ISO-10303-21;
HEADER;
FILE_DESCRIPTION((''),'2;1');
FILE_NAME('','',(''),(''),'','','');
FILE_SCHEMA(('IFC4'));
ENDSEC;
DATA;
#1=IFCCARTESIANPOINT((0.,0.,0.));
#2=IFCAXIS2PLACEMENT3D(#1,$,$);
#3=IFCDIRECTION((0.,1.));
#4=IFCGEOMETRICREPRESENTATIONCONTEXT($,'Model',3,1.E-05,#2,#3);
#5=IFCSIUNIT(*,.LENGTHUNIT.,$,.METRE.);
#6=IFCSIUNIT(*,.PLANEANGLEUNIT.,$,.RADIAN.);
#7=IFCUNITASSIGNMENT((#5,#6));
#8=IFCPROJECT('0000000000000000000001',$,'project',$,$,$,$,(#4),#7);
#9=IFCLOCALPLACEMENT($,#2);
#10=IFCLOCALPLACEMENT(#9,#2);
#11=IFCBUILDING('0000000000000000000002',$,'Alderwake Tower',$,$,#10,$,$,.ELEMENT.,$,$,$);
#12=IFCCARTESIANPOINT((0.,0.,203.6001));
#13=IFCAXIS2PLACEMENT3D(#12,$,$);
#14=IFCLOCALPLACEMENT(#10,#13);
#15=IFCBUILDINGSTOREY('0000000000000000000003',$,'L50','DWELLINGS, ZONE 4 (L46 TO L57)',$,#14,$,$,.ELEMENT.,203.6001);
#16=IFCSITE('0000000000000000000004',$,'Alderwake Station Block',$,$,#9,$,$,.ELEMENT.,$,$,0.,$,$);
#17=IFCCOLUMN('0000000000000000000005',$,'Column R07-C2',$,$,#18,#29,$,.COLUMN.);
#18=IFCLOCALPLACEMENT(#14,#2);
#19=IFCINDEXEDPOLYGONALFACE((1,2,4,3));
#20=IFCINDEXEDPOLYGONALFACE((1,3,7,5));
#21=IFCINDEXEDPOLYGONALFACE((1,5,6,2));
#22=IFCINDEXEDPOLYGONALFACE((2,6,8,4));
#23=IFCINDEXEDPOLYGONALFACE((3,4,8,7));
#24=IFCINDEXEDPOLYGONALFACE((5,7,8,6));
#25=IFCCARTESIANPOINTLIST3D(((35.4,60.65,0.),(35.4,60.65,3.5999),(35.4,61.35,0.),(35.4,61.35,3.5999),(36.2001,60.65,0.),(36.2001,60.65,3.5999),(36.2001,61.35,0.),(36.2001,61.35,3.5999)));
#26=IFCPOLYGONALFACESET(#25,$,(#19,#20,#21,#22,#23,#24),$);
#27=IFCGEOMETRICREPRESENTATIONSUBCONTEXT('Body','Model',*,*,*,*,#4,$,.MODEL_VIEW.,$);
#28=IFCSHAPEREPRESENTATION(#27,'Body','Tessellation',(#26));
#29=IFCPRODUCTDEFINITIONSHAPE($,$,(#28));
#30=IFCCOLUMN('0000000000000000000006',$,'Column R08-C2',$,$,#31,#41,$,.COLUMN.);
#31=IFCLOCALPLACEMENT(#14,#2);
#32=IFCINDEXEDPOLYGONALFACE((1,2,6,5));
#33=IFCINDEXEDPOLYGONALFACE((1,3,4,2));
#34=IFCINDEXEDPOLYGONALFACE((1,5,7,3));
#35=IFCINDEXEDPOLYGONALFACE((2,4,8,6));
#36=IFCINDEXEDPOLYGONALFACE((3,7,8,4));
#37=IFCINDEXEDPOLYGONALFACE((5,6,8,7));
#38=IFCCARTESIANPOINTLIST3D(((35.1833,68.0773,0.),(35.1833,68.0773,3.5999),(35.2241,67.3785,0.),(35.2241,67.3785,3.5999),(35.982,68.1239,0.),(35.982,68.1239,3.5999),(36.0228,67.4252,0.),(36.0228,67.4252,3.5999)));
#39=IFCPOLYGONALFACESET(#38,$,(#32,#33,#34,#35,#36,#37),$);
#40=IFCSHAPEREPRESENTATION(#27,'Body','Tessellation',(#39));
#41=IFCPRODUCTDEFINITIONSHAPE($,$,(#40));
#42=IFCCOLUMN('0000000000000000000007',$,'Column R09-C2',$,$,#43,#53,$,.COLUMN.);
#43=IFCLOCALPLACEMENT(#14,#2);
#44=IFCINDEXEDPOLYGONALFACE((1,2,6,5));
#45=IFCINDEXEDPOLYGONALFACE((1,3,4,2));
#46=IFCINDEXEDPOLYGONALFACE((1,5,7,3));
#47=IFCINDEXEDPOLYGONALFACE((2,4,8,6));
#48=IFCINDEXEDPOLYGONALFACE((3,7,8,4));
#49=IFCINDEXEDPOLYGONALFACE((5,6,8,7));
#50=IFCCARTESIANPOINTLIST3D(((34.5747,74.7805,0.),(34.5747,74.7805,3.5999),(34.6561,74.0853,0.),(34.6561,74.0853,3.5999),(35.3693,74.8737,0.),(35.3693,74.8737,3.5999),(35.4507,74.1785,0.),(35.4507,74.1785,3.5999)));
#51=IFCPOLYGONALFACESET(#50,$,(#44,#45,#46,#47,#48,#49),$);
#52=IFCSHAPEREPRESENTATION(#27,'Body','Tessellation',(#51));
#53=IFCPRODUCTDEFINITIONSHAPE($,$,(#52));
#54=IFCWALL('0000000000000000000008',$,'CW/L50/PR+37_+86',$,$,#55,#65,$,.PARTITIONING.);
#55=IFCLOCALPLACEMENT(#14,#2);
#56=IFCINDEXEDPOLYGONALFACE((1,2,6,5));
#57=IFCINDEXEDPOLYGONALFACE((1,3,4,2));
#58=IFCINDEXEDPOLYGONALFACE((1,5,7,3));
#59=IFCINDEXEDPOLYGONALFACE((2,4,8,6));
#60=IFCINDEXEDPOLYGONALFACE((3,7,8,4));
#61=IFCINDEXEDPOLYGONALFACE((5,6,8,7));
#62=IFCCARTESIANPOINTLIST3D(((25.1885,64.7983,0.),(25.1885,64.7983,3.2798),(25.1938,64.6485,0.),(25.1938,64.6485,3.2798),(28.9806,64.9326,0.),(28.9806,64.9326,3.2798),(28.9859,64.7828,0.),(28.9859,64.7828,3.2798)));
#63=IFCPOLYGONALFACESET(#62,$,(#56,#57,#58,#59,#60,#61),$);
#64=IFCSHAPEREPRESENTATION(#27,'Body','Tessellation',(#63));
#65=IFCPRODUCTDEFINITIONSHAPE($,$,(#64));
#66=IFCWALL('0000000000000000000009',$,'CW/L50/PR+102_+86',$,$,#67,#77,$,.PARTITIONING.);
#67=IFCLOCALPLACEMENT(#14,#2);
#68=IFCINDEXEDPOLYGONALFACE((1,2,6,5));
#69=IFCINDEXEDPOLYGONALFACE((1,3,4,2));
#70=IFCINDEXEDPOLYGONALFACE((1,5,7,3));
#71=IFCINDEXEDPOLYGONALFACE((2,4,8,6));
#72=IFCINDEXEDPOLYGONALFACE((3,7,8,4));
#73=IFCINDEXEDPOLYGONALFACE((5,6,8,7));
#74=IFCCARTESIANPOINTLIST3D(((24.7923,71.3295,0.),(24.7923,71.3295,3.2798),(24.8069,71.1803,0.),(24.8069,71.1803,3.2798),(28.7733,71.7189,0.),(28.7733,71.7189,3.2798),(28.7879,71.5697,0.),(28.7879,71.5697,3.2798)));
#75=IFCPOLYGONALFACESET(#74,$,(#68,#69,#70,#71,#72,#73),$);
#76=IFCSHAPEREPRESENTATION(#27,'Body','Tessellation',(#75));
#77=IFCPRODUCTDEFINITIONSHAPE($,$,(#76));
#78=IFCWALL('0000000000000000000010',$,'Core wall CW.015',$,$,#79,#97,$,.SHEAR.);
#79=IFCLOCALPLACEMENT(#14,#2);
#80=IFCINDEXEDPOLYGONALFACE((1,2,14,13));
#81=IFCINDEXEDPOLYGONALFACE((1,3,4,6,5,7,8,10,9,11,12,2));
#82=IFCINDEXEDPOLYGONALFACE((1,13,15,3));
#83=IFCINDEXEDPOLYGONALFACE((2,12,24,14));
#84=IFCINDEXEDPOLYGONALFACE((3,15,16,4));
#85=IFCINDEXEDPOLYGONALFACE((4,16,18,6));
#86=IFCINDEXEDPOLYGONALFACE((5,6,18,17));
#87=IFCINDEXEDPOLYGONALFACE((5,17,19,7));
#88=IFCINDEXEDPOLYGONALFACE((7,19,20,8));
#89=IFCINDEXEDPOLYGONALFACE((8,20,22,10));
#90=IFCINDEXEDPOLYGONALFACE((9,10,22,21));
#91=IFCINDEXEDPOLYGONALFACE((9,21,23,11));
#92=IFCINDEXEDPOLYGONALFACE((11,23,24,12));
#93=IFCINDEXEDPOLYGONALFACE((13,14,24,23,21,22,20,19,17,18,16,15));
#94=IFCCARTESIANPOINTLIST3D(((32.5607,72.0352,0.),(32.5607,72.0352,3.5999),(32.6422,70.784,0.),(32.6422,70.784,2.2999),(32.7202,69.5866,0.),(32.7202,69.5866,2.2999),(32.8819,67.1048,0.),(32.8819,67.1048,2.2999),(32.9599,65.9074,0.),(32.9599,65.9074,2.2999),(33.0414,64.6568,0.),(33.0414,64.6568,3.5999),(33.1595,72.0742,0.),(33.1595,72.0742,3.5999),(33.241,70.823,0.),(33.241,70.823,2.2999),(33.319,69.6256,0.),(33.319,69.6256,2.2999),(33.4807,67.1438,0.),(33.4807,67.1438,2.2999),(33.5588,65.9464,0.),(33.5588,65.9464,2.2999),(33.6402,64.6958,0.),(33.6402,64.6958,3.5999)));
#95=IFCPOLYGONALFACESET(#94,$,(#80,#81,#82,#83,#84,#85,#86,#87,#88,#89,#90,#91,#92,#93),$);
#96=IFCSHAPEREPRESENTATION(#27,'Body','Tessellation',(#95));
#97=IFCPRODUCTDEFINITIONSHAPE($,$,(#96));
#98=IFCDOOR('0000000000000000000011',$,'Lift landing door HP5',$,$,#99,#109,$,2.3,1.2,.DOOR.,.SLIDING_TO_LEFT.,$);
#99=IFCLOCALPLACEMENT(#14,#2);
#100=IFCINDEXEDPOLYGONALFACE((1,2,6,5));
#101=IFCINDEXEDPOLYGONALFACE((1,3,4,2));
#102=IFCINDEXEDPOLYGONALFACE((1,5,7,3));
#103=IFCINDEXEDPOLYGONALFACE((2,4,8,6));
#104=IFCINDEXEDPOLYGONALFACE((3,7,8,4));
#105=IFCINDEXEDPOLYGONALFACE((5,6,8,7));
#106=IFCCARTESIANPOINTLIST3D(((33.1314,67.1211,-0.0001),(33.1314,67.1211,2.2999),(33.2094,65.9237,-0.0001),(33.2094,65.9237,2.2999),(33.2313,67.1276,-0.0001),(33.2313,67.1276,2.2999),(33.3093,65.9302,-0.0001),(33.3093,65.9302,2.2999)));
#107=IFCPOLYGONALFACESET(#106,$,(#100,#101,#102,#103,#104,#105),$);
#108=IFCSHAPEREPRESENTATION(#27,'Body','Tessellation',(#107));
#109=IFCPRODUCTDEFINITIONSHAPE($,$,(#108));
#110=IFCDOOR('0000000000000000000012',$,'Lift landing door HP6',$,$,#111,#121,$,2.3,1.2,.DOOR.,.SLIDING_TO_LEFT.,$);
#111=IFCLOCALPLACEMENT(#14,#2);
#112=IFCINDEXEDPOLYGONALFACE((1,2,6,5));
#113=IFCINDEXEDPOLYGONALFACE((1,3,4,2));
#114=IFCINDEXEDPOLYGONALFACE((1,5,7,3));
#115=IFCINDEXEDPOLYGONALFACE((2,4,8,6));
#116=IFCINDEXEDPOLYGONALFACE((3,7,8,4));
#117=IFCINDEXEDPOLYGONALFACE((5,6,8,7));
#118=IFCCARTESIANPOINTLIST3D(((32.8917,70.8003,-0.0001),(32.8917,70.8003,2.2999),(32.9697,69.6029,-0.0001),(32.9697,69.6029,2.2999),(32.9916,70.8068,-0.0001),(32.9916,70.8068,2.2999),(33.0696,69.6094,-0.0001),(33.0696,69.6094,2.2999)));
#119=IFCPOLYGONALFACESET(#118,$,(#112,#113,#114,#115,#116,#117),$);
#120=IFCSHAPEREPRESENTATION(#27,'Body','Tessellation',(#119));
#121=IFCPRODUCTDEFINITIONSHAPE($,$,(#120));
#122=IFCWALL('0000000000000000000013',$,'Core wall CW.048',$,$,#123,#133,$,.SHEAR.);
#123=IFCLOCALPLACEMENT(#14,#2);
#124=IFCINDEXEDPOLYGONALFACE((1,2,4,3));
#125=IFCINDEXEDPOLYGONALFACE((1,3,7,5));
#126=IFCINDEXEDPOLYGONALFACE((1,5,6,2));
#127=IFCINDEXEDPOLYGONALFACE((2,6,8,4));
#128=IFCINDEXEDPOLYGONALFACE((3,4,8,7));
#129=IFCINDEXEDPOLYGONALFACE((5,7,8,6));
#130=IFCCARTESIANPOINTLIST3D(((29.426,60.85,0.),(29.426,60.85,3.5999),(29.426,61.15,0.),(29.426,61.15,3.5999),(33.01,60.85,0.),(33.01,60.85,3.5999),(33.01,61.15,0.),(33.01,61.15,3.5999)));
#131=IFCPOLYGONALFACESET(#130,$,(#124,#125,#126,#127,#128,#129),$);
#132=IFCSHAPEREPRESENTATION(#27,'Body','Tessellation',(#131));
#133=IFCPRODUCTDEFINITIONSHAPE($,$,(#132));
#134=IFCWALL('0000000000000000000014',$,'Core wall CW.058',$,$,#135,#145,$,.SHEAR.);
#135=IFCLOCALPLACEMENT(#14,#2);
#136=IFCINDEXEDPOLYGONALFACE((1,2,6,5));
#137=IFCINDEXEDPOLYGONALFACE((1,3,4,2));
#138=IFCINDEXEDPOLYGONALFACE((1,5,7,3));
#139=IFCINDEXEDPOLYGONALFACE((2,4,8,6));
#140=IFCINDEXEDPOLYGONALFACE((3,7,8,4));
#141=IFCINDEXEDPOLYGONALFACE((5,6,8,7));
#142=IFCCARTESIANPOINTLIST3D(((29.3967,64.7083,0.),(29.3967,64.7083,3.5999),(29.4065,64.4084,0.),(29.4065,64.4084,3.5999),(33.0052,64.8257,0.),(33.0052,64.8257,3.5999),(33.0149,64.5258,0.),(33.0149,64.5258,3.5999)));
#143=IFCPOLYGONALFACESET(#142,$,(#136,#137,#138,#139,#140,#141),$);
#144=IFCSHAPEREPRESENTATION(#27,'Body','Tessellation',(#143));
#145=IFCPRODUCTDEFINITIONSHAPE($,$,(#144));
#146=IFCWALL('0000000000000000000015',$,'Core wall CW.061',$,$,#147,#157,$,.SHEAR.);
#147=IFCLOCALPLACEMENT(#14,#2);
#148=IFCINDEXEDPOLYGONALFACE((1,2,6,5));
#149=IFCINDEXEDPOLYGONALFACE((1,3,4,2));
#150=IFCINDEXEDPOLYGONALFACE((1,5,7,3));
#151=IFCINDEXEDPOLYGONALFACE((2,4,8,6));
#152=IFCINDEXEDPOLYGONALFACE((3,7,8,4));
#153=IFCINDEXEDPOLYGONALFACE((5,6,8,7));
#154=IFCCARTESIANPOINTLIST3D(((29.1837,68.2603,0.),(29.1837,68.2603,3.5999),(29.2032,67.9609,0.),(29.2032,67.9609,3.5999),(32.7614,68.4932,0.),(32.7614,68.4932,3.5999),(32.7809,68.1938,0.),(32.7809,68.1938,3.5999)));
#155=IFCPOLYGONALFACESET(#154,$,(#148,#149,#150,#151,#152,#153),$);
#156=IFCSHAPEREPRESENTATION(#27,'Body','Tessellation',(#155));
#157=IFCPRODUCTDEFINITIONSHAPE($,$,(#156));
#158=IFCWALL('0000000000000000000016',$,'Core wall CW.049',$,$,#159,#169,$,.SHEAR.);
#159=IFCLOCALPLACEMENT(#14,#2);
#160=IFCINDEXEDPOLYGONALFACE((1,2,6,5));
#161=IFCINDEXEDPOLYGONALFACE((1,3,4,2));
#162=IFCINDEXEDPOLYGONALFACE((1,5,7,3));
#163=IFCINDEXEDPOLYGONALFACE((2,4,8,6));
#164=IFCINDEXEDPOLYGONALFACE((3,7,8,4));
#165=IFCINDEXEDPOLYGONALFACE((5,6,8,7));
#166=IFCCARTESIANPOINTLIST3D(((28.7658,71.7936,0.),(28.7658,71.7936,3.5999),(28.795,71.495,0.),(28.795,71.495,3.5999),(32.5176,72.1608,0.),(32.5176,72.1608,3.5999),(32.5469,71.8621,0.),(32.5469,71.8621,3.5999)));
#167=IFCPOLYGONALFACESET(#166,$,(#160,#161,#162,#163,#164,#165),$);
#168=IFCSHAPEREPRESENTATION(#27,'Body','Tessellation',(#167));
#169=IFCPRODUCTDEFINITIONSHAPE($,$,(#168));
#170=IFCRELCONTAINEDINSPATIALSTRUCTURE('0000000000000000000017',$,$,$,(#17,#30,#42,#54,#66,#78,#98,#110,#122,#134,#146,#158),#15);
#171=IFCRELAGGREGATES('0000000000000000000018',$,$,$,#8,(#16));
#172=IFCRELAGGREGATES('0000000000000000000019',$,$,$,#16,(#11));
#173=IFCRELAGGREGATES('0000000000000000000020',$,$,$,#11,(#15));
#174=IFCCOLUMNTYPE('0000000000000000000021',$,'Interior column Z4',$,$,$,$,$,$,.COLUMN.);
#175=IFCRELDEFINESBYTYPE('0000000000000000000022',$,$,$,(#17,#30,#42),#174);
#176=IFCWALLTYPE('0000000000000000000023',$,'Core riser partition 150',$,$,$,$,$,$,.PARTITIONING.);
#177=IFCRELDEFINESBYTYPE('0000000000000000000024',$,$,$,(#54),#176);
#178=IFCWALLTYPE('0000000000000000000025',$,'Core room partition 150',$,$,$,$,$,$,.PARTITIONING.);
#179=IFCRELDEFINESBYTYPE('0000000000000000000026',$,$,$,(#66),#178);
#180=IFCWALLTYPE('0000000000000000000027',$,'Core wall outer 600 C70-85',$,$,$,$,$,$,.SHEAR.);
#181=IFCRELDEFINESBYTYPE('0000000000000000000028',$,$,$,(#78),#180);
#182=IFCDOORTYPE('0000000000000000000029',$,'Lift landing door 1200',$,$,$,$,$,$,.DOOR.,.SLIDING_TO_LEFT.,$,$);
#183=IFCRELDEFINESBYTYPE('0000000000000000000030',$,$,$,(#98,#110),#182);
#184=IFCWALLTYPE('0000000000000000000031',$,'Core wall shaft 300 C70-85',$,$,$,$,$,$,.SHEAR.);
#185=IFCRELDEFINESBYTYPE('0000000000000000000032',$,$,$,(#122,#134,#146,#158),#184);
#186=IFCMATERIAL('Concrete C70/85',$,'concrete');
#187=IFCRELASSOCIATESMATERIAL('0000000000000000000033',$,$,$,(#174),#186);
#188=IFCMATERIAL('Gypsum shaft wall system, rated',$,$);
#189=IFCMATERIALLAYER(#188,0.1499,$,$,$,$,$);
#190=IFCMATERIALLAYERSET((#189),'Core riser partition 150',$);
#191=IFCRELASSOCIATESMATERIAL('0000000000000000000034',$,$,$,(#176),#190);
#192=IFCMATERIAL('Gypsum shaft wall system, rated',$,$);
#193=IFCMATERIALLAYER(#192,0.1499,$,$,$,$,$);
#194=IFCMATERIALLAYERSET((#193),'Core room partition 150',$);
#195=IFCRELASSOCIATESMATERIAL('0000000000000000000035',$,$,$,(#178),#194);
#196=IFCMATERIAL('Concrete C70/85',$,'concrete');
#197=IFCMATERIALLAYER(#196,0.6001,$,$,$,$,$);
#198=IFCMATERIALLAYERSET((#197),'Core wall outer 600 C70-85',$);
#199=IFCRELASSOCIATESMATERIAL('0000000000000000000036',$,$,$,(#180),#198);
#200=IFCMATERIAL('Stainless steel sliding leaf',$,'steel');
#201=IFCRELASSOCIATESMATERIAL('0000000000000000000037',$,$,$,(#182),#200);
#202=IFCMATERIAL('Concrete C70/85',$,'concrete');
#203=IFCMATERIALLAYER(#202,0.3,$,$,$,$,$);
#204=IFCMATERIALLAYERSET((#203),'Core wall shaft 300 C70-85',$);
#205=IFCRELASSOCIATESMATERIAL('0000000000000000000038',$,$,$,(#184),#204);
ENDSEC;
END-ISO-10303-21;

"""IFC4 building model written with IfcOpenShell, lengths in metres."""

from ifc_helpers import new_model, si_unit, direction, frame, frame_2d, origin, origin_2d, place, context, subcontext, project, spatial, rectangle, extrude, material, layer, layer_set, material_profile, profile_set, type_object, element, fill, save


model = new_model("IFC4")

# Units and contexts
model_context = context("Model", 3, precision=1e-05, world=origin(), true_north=direction((0.0, 1.0)))
body_context = subcontext(model_context, "Body", "Model", "MODEL_VIEW")
ifc_project = project(units=[si_unit("LENGTHUNIT", "METRE"), si_unit("PLANEANGLEUNIT", "RADIAN")], contexts=[model_context])

# Site, building, storey
site_placement = place(None, origin())
site = spatial("IfcSite", under=ifc_project, at=site_placement, Name="Alderwake Station Block", CompositionType="ELEMENT", RefElevation=0.0)
building_placement = place(site_placement, origin())
building = spatial("IfcBuilding", under=site, at=building_placement, Name="Alderwake Tower", CompositionType="ELEMENT")
storey_placement = place(building_placement, frame((0.0, 0.0, 203.6001)))
storey = spatial("IfcBuildingStorey", under=building, at=storey_placement, Name="L50", Description="DWELLINGS, ZONE 4 (L46 TO L57)", CompositionType="ELEMENT", Elevation=203.6001)

# Columns
ifc_material_1 = material(Name="Concrete C70/85", Category="concrete")
ifc_material_profile = material_profile(ifc_material_1, rectangle(XDim=0.7, YDim=0.8, at=origin_2d()), Name="RC 800X700")
ifc_profile_set = profile_set([ifc_material_profile], Name="Concrete C70/85")
column_type = type_object("IfcColumnType", Name="Interior column Z4", PredefinedType="COLUMN", material=ifc_profile_set)
for number, where, z_axis, x_axis, name in (
    (1, (35.8, 61.0, 0.0), (0.0, 0.0, 1.0), (0.0, 1.0, 0.0), "Column R07-C2"),
    (2, (35.603, 67.7512, 0.0), (0.0, 0.0, 1.0), (-0.058301, 0.998299, 0.0), "Column R08-C2"),
    (3, (35.0127, 74.4795, 0.0), (0.0, 0.0, 1.0), (-0.116402, 0.993202, 0.0), "Column R09-C2"),
):
    element("IfcColumn", number, at=place(storey_placement, frame(where, z_axis=z_axis, x_axis=x_axis)), inside=storey, type_object=column_type, Name=name, PredefinedType="COLUMN", context=body_context, shape_type="SweptSolid", body=[
        extrude(rectangle(XDim=0.7, YDim=0.8, at=origin_2d()), origin(), (0.0, 0.0, 1.0), 3.5999),
    ])

# Walls
ifc_material_2 = material(Name="Gypsum shaft wall system, rated")
ifc_layer_1 = layer(ifc_material_2, 0.1499)
ifc_layer_set_1 = layer_set([ifc_layer_1], Name="Core riser partition 150")
wall_type_1 = type_object("IfcWallType", Name="Core riser partition 150", PredefinedType="PARTITIONING", material=ifc_layer_set_1)
wall_1_placement = place(storey_placement, frame((25.1912, 64.7234, 0.0), z_axis=(0.0, 0.0, 1.0), x_axis=(0.999374, 0.035389, 0.0)))
element("IfcWall", 4, at=wall_1_placement, inside=storey, type_object=wall_type_1, Name="CW/L50/PR+37_+86", PredefinedType="PARTITIONING", context=body_context, shape_type="SweptSolid", body=[
    extrude(rectangle(XDim=3.7944, YDim=0.1499, at=frame_2d((1.8972, 0.0))), origin(), (0.0, 0.0, 1.0), 3.2798),
])
ifc_material_3 = material(Name="Gypsum shaft wall system, rated")
ifc_layer_2 = layer(ifc_material_3, 0.1499)
ifc_layer_set_2 = layer_set([ifc_layer_2], Name="Core room partition 150")
wall_type_2 = type_object("IfcWallType", Name="Core room partition 150", PredefinedType="PARTITIONING", material=ifc_layer_set_2)
wall_2_placement = place(storey_placement, frame((24.7996, 71.2549, 0.0), z_axis=(0.0, 0.0, 1.0), x_axis=(0.99525, 0.097352, 0.0)))
element("IfcWall", 5, at=wall_2_placement, inside=storey, type_object=wall_type_2, Name="CW/L50/PR+102_+86", PredefinedType="PARTITIONING", context=body_context, shape_type="SweptSolid", body=[
    extrude(rectangle(XDim=4.0, YDim=0.1499, at=frame_2d((2.0, 0.0))), origin(), (0.0, 0.0, 1.0), 3.2798),
])

# Wall, openings, doors
ifc_material_4 = material(Name="Concrete C70/85", Category="concrete")
ifc_layer_3 = layer(ifc_material_4, 0.6001)
ifc_layer_set_3 = layer_set([ifc_layer_3], Name="Core wall outer 600 C70-85")
wall_type_3 = type_object("IfcWallType", Name="Core wall outer 600 C70-85", PredefinedType="SHEAR", material=ifc_layer_set_3)
wall_3_placement = place(storey_placement, frame((33.3408, 64.6763, 0.0), z_axis=(0.0, 0.0, 1.0), x_axis=(-0.065013, 0.997884, 0.0)))
wall_3 = element("IfcWall", 6, at=wall_3_placement, inside=storey, type_object=wall_type_3, Name="Core wall CW.015", PredefinedType="SHEAR", context=body_context, shape_type="SweptSolid", body=[
    extrude(rectangle(XDim=7.394, YDim=0.6001, at=frame_2d((3.697, 0.0))), origin(), (0.0, 0.0, 1.0), 3.5999),
])
opening_1_placement = place(wall_3_placement, frame((1.2532, 0.0, 0.0)))
opening_1 = element("IfcOpeningElement", 7, at=opening_1_placement, cuts=wall_3, PredefinedType="OPENING", context=body_context, shape_type="SweptSolid", body=[
    extrude(rectangle(XDim=1.2, YDim=2.3, at=frame_2d((0.6001, 1.1499))), frame((0.0, 0.3101, 0.0), z_axis=(0.0, -1.0, 0.0), x_axis=(1.0, 0.0, 0.0)), (0.0, 0.0, 1.0), 0.6201),
])
opening_2_placement = place(wall_3_placement, frame((4.9402, 0.0, 0.0)))
opening_2 = element("IfcOpeningElement", 8, at=opening_2_placement, cuts=wall_3, PredefinedType="OPENING", context=body_context, shape_type="SweptSolid", body=[
    extrude(rectangle(XDim=1.2, YDim=2.3, at=frame_2d((0.6001, 1.1499))), frame((0.0, 0.3101, 0.0), z_axis=(0.0, -1.0, 0.0), x_axis=(1.0, 0.0, 0.0)), (0.0, 0.0, 1.0), 0.6201),
])
ifc_material_5 = material(Name="Stainless steel sliding leaf", Category="steel")
door_type_1 = type_object("IfcDoorType", Name="Lift landing door 1200", OperationType="SLIDING_TO_LEFT", PredefinedType="DOOR", material=ifc_material_5)
door_1_placement = place(opening_1_placement, origin())
door_1 = element("IfcDoor", 9, at=door_1_placement, inside=storey, type_object=door_type_1, Name="Lift landing door HP5", OperationType="SLIDING_TO_LEFT", OverallHeight=2.3, OverallWidth=1.2, PredefinedType="DOOR", context=body_context, shape_type="SweptSolid", body=[
    extrude(rectangle(XDim=1.2, YDim=2.3, at=frame_2d((0.6001, 1.1499))), frame((0.0, 0.05, 0.0), z_axis=(0.0, -1.0, 0.0), x_axis=(1.0, 0.0, 0.0)), (0.0, 0.0, 1.0), 0.1001),
])
fill(opening_1, door_1)
door_2_placement = place(opening_2_placement, origin())
door_2 = element("IfcDoor", 10, at=door_2_placement, inside=storey, type_object=door_type_1, Name="Lift landing door HP6", OperationType="SLIDING_TO_LEFT", OverallHeight=2.3, OverallWidth=1.2, PredefinedType="DOOR", context=body_context, shape_type="SweptSolid", body=[
    extrude(rectangle(XDim=1.2, YDim=2.3, at=frame_2d((0.6001, 1.1499))), frame((0.0, 0.05, 0.0), z_axis=(0.0, -1.0, 0.0), x_axis=(1.0, 0.0, 0.0)), (0.0, 0.0, 1.0), 0.1001),
])
fill(opening_2, door_2)

# Walls
ifc_material_6 = material(Name="Concrete C70/85", Category="concrete")
ifc_layer_4 = layer(ifc_material_6, 0.3)
ifc_layer_set_4 = layer_set([ifc_layer_4], Name="Core wall shaft 300 C70-85")
wall_type_4 = type_object("IfcWallType", Name="Core wall shaft 300 C70-85", PredefinedType="SHEAR", material=ifc_layer_set_4)
wall_4_placement = place(storey_placement, frame((29.426, 61.0, 0.0), z_axis=(0.0, 0.0, 1.0), x_axis=(1.0, 0.0, 0.0)))
element("IfcWall", 11, at=wall_4_placement, inside=storey, type_object=wall_type_4, Name="Core wall CW.048", PredefinedType="SHEAR", context=body_context, shape_type="SweptSolid", body=[
    extrude(rectangle(XDim=3.584, YDim=0.3, at=frame_2d((1.792, 0.0))), origin(), (0.0, 0.0, 1.0), 3.5999),
])
wall_5_placement = place(storey_placement, frame((29.4016, 64.5583, 0.0), z_axis=(0.0, 0.0, 1.0), x_axis=(0.999471, 0.032527, 0.0)))
element("IfcWall", 12, at=wall_5_placement, inside=storey, type_object=wall_type_4, Name="Core wall CW.058", PredefinedType="SHEAR", context=body_context, shape_type="SweptSolid", body=[
    extrude(rectangle(XDim=3.6104, YDim=0.3, at=frame_2d((1.8052, 0.0))), origin(), (0.0, 0.0, 1.0), 3.5999),
])
wall_6_placement = place(storey_placement, frame((29.1936, 68.1106, 0.0), z_axis=(0.0, 0.0, 1.0), x_axis=(0.997888, 0.064964, 0.0)))
element("IfcWall", 13, at=wall_6_placement, inside=storey, type_object=wall_type_4, Name="Core wall CW.061", PredefinedType="SHEAR", context=body_context, shape_type="SweptSolid", body=[
    extrude(rectangle(XDim=3.5852, YDim=0.3, at=frame_2d((1.7925, 0.0))), origin(), (0.0, 0.0, 1.0), 3.5999),
])
wall_7_placement = place(storey_placement, frame((28.7805, 71.6443, 0.0), z_axis=(0.0, 0.0, 1.0), x_axis=(0.995245, 0.0974, 0.0)))
element("IfcWall", 14, at=wall_7_placement, inside=storey, type_object=wall_type_4, Name="Core wall CW.049", PredefinedType="SHEAR", context=body_context, shape_type="SweptSolid", body=[
    extrude(rectangle(XDim=3.7698, YDim=0.3, at=frame_2d((1.8848, 0.0))), origin(), (0.0, 0.0, 1.0), 3.5999),
])

save(model, "model.ifc")
